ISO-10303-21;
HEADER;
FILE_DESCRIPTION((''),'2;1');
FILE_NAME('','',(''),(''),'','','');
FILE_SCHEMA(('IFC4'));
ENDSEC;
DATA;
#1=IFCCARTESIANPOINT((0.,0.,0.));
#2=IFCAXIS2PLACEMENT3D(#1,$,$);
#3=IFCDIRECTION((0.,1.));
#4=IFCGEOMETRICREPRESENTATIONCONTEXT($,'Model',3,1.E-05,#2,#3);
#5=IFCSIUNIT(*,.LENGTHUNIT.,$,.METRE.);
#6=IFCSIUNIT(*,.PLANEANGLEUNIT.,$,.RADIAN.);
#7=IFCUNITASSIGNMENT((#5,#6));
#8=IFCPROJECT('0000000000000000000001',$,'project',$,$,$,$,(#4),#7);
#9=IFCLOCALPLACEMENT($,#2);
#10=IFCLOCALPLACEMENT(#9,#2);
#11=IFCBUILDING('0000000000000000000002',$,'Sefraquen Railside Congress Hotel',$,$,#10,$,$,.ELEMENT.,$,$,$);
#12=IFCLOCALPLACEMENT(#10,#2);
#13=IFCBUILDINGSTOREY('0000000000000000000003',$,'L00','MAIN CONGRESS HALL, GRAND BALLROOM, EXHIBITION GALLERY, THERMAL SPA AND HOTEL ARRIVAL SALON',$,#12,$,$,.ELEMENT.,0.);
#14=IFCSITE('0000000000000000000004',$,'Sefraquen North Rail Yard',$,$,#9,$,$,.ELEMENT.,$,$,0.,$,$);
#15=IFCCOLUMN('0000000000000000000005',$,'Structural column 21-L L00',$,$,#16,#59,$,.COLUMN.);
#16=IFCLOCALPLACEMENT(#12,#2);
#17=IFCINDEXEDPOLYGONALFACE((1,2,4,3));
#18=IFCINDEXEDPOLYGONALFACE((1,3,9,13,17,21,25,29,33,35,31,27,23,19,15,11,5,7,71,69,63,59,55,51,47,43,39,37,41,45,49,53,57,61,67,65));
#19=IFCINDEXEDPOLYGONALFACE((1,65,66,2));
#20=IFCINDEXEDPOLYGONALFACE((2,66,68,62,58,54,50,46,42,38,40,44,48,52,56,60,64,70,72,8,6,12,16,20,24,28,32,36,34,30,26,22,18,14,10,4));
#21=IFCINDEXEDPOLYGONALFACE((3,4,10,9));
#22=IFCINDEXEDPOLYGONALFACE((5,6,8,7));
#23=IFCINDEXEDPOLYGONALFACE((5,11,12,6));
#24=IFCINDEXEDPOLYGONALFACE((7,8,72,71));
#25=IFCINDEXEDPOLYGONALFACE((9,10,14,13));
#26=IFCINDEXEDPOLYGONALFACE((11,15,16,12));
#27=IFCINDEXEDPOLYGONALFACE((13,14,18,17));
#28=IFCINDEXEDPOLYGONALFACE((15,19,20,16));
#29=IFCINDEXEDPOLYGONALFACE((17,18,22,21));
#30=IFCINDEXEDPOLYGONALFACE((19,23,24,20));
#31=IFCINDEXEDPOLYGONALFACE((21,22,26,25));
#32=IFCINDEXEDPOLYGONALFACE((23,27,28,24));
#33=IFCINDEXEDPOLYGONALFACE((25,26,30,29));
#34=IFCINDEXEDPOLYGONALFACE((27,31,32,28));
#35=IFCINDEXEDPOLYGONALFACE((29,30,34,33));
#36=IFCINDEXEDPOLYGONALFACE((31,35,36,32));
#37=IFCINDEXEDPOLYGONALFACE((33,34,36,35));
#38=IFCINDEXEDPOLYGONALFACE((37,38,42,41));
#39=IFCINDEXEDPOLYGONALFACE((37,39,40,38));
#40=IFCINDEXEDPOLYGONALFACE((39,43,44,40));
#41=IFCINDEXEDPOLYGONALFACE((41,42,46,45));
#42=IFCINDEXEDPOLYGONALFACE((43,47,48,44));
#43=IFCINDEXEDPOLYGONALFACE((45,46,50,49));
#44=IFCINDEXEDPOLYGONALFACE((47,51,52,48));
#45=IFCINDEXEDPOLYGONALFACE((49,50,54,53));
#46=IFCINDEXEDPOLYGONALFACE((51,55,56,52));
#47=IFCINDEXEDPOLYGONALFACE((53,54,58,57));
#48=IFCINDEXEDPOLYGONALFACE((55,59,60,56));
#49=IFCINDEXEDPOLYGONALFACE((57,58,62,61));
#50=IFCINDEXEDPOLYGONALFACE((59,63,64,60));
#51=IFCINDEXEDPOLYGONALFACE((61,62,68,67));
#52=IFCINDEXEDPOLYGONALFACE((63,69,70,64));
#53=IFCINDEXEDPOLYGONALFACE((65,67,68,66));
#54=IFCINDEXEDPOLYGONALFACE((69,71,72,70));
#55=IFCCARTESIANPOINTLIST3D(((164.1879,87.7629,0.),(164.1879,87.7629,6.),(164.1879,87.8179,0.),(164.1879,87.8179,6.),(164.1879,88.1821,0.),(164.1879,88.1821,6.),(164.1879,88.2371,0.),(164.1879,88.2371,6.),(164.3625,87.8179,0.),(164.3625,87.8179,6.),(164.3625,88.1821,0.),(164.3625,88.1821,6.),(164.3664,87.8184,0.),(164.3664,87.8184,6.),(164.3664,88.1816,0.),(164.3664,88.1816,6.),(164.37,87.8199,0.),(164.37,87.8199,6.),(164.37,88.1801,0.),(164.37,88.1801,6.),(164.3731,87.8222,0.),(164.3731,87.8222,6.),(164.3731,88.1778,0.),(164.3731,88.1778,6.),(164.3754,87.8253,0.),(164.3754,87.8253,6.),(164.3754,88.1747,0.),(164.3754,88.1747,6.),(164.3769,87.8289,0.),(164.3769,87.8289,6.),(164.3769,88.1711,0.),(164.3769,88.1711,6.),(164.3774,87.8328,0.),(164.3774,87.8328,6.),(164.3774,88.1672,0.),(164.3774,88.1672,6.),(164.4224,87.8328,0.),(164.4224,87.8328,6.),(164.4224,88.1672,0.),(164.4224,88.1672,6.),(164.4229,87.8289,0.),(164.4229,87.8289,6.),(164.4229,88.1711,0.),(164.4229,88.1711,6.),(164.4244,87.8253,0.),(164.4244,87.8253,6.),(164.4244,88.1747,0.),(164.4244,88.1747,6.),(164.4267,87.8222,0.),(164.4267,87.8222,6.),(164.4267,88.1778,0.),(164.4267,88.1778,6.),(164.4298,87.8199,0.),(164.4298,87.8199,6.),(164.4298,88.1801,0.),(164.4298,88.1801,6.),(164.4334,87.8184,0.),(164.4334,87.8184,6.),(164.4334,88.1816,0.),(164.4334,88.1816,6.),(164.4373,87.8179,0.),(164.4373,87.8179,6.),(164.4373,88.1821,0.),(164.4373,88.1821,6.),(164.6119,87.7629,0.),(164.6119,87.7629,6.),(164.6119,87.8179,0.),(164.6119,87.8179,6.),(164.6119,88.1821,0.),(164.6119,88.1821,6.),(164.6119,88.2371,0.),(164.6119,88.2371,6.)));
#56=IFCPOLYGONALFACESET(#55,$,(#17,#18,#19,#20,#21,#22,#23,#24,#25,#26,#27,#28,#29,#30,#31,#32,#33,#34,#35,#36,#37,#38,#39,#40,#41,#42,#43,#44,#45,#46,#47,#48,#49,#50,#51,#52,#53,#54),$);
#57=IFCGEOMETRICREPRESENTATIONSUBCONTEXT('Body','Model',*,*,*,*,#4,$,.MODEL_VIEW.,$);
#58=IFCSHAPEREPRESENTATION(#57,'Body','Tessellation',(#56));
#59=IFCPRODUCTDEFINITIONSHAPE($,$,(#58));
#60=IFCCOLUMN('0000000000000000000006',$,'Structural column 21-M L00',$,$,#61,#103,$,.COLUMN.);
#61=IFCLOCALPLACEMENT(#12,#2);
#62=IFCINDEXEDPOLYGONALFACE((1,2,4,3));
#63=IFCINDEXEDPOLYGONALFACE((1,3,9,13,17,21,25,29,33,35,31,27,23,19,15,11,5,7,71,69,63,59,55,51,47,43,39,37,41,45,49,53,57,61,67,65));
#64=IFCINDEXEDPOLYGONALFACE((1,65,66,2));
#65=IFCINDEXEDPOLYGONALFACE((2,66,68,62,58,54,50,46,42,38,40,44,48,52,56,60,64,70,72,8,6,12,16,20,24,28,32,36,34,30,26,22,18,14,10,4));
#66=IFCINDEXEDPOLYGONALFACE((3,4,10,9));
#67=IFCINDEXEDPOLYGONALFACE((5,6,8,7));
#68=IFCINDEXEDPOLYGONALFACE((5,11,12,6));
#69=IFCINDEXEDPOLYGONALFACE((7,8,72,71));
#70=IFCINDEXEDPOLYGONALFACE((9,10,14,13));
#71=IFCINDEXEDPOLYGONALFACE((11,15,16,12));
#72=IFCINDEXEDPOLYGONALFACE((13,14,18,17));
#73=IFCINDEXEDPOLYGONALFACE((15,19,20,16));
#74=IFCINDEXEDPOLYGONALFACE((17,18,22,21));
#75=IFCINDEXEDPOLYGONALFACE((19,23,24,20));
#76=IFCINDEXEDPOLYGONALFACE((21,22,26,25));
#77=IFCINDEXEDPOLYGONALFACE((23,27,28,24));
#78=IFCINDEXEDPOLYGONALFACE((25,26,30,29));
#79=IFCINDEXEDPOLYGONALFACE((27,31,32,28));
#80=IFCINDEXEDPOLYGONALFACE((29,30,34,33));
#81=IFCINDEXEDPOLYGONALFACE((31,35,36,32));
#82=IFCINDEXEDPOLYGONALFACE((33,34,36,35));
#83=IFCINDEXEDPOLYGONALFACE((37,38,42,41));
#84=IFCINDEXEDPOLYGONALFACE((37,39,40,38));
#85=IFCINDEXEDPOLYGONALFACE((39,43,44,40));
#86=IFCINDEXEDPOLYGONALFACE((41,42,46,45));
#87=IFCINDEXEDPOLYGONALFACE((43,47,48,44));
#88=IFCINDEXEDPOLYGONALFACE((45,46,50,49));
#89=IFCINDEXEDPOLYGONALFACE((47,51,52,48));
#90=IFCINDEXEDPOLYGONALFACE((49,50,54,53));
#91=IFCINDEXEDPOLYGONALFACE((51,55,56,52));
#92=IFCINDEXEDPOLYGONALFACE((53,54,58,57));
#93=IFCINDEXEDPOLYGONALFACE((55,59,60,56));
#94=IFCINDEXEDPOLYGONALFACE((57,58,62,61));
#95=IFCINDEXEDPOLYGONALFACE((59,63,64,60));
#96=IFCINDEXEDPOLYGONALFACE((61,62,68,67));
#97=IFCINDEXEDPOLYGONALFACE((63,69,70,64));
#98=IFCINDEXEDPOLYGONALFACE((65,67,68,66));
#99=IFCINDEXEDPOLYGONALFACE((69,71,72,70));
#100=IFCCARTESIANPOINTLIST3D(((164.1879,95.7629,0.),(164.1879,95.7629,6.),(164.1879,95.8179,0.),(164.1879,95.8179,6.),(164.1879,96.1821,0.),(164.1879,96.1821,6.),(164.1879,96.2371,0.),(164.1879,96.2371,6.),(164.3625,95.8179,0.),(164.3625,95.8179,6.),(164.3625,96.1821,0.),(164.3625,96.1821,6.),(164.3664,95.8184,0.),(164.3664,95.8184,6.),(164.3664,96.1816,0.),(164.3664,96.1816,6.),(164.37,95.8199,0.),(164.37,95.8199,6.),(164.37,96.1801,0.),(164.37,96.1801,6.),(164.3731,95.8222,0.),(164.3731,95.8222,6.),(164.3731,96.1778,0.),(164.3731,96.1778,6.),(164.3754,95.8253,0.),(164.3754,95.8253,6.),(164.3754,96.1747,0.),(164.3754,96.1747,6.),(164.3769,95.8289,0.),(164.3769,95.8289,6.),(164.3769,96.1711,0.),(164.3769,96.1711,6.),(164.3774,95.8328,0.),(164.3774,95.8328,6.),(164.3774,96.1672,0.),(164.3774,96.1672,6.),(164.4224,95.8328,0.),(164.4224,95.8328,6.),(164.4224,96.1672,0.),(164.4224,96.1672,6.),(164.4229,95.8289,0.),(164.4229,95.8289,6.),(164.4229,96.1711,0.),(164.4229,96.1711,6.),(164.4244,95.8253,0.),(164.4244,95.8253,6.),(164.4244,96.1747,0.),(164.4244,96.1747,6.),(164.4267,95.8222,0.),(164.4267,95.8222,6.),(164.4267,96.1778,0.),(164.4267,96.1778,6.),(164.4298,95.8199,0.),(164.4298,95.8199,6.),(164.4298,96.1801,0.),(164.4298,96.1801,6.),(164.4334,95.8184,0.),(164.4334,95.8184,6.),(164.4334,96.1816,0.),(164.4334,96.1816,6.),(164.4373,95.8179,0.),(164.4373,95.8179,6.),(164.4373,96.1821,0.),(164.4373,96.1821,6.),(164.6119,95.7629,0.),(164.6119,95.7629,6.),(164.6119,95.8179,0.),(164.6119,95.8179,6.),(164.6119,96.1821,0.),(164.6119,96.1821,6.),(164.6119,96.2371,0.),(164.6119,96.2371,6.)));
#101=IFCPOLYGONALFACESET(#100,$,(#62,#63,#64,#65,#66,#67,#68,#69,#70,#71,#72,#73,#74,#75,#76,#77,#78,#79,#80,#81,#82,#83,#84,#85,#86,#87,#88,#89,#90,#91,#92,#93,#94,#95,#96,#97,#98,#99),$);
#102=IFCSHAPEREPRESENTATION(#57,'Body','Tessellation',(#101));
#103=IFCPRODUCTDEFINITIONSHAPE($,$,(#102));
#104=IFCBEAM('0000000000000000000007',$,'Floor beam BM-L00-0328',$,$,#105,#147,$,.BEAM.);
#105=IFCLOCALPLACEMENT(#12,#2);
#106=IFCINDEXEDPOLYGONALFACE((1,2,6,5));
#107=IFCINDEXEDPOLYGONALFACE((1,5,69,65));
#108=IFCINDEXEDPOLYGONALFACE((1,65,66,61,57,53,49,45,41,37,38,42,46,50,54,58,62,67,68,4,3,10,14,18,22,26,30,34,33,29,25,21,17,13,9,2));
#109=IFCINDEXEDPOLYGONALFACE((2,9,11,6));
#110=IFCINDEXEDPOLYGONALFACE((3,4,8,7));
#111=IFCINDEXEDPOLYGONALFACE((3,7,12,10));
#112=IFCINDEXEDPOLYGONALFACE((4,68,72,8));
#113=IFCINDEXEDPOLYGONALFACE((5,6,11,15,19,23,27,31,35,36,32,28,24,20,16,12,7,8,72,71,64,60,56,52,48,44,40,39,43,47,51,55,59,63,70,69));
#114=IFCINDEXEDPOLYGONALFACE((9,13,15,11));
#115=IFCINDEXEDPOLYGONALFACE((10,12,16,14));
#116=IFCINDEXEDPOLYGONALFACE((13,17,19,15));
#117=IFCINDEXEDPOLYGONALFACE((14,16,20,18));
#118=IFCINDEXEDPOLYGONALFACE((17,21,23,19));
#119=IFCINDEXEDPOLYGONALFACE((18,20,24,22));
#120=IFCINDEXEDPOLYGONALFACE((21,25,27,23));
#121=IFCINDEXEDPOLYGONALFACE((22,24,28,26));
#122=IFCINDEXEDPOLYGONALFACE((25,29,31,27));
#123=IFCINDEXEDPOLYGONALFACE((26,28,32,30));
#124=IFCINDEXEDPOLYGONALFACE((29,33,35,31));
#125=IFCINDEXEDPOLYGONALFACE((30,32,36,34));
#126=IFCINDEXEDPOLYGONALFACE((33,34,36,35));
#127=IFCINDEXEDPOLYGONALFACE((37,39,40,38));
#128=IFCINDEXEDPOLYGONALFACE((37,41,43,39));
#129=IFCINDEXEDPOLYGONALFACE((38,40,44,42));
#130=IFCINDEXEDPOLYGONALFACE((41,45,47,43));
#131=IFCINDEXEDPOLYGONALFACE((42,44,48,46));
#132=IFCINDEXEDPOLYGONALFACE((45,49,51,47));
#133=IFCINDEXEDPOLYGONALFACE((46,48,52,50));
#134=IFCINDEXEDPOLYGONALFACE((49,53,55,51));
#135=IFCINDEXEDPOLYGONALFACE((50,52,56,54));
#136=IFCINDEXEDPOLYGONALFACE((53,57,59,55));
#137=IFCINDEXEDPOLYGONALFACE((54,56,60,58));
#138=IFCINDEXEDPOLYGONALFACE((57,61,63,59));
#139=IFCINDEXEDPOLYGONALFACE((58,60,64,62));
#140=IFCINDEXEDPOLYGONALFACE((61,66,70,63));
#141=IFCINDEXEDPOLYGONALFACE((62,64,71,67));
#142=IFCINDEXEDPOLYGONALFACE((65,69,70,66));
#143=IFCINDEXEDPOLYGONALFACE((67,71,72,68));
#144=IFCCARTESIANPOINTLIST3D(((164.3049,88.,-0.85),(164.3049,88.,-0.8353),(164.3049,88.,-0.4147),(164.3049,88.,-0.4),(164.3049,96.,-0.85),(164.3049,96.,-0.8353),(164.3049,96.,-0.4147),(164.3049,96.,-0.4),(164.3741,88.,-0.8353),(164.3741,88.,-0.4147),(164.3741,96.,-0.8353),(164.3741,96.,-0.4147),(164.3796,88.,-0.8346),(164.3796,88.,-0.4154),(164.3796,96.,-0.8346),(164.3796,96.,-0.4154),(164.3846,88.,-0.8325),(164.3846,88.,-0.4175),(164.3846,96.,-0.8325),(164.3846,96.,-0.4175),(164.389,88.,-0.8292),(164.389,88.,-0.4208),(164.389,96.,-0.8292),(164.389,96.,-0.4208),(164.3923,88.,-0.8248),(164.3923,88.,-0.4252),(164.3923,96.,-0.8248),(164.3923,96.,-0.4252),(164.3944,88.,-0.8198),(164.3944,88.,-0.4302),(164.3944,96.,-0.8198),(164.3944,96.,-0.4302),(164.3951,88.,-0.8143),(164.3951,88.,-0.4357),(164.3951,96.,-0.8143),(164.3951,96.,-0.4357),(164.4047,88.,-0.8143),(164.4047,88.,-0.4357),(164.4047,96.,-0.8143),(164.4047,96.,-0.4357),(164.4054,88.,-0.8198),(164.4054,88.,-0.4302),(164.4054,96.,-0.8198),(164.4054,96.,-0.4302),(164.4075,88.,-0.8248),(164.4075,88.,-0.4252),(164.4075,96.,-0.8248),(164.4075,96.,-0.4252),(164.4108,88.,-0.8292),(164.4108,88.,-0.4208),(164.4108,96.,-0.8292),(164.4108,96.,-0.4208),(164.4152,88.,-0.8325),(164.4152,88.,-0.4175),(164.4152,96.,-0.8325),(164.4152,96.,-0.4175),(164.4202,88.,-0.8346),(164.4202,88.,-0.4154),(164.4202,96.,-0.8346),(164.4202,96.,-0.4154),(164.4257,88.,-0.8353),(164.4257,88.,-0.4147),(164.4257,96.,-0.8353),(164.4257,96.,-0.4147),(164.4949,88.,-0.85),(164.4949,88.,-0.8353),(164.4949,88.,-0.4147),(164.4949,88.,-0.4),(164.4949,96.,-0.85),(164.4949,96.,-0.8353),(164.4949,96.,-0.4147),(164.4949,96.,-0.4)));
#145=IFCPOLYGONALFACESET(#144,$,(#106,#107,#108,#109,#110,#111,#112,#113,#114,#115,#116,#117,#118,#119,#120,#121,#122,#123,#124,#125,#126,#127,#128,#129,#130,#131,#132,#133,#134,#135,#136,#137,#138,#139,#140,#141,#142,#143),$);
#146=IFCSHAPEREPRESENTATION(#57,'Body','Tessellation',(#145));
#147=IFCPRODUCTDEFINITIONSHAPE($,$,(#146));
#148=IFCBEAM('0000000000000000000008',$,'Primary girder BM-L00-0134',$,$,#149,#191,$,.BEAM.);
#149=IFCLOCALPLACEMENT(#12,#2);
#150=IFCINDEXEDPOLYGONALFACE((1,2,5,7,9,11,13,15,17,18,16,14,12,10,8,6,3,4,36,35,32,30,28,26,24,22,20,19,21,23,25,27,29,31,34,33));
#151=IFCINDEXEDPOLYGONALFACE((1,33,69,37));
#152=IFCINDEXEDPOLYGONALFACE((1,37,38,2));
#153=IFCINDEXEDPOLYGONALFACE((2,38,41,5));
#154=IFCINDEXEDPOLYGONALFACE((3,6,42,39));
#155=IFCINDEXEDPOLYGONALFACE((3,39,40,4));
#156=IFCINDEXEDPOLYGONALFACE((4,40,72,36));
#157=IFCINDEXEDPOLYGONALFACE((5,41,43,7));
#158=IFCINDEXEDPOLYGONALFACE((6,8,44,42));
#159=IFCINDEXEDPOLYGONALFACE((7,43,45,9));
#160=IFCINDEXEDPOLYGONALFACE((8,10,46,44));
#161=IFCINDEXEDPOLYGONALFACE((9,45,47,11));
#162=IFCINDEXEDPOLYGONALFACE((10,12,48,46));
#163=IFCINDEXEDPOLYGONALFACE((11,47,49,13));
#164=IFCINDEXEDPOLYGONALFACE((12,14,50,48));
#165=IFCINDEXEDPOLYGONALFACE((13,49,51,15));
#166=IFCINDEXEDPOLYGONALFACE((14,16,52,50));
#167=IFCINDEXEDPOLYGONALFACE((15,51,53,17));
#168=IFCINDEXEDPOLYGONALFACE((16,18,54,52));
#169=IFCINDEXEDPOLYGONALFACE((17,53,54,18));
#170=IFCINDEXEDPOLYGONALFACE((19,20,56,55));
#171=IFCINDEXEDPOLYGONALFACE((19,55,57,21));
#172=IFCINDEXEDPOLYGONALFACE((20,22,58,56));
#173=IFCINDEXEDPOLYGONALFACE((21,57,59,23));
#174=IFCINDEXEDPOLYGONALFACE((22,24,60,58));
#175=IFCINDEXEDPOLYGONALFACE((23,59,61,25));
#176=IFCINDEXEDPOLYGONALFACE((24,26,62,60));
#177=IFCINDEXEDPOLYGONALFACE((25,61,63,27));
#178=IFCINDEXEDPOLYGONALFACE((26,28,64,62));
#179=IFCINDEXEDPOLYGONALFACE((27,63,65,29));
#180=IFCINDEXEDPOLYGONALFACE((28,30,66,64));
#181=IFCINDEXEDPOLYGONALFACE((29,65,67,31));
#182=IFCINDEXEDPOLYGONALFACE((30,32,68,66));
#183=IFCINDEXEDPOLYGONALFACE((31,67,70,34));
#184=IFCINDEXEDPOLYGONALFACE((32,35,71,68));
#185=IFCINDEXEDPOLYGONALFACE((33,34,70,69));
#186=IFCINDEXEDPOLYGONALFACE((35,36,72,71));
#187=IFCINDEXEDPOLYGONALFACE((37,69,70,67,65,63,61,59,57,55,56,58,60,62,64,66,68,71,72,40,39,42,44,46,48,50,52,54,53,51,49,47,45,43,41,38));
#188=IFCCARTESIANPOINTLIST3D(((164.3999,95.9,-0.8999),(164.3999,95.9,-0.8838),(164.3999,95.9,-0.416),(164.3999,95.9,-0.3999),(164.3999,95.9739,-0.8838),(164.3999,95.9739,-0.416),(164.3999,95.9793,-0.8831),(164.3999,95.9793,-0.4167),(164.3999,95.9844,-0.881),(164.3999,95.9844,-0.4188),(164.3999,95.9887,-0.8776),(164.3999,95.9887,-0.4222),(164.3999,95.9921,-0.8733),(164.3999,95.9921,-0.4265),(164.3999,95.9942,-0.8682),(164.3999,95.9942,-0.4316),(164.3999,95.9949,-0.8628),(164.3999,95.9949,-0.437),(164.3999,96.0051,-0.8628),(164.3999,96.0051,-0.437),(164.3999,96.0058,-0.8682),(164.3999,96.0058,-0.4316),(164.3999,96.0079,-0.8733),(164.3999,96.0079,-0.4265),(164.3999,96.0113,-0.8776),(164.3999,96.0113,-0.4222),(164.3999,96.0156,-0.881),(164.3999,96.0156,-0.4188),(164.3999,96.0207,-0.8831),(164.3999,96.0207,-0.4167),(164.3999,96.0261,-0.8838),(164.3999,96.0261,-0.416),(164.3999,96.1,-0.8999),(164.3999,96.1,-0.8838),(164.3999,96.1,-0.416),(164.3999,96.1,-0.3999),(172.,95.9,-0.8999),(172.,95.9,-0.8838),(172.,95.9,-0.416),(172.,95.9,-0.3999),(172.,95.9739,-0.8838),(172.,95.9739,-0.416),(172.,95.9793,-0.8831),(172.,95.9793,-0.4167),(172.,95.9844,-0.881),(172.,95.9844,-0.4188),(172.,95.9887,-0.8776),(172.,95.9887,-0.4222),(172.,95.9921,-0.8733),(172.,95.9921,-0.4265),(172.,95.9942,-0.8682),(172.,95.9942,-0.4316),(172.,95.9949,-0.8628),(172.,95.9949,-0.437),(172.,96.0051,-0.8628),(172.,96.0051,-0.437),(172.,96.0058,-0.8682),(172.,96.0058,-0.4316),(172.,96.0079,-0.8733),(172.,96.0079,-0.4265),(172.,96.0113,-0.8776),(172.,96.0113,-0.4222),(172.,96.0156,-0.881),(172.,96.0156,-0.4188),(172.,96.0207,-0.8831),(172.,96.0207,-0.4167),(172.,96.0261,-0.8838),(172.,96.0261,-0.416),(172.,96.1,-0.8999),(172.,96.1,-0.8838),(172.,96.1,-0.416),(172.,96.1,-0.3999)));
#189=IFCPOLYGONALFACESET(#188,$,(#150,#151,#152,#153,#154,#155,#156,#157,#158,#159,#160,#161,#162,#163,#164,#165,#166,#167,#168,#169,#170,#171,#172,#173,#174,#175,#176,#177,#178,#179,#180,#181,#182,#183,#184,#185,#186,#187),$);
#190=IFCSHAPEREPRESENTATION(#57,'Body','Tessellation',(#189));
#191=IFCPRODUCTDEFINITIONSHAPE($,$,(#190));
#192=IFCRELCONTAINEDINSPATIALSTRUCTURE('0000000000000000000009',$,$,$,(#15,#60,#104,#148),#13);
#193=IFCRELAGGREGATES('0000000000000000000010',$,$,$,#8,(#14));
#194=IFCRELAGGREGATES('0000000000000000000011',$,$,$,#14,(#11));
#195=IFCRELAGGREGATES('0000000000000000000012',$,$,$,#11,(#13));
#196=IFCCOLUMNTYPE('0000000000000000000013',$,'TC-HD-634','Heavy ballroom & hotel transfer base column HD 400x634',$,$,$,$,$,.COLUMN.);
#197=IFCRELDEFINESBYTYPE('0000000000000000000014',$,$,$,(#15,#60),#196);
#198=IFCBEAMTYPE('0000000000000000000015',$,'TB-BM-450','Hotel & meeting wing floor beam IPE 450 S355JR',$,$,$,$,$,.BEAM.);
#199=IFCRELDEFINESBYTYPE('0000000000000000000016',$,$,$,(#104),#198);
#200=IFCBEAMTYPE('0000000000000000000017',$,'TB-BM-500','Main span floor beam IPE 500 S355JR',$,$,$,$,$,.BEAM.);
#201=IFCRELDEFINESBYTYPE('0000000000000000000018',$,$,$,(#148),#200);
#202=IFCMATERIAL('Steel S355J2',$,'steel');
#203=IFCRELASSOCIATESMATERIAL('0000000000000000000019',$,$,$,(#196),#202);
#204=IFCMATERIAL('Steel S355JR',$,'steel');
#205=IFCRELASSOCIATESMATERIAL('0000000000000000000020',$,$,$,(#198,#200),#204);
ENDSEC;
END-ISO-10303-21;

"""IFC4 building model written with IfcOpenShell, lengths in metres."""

from ifc_helpers import new_model, si_unit, direction, frame, origin, origin_2d, place, context, subcontext, project, spatial, i_section, extrude, material, material_profile, profile_set, type_object, element, save


model = new_model("IFC4")

# Units and contexts
model_context = context("Model", 3, precision=1e-05, world=origin(), true_north=direction((0.0, 1.0)))
body_context = subcontext(model_context, "Body", "Model", "MODEL_VIEW")
ifc_project = project(units=[si_unit("LENGTHUNIT", "METRE"), si_unit("PLANEANGLEUNIT", "RADIAN")], contexts=[model_context])

# Site, building, storey
site_placement = place(None, origin())
site = spatial("IfcSite", under=ifc_project, at=site_placement, Name="Sefraquen North Rail Yard", CompositionType="ELEMENT", RefElevation=0.0)
building_placement = place(site_placement, origin())
building = spatial("IfcBuilding", under=site, at=building_placement, Name="Sefraquen Railside Congress Hotel", CompositionType="ELEMENT")
storey_placement = place(building_placement, origin())
storey = spatial("IfcBuildingStorey", under=building, at=storey_placement, Name="L00", Description="MAIN CONGRESS HALL, GRAND BALLROOM, EXHIBITION GALLERY, THERMAL SPA AND HOTEL ARRIVAL SALON", CompositionType="ELEMENT", Elevation=0.0)

# Columns
ifc_material_1 = material(Name="Steel S355J2", Category="steel")
ifc_material_profile_1 = material_profile(ifc_material_1, i_section(OverallWidth=0.4241, OverallDepth=0.4741, WebThickness=0.0449, FlangeThickness=0.0549, FilletRadius=0.0149, at=origin_2d()), Name="HD 400x634")
ifc_profile_set_1 = profile_set([ifc_material_profile_1], Name="Steel S355J2")
column_type = type_object("IfcColumnType", Name="TC-HD-634", Description="Heavy ballroom & hotel transfer base column HD 400x634", PredefinedType="COLUMN", material=ifc_profile_set_1)
for number, where, z_axis, x_axis, name in (
    (1, (164.3999, 88.0, 0.0), (0.0, 0.0, 1.0), (1.0, 0.0, 0.0), "Structural column 21-L L00"),
    (2, (164.3999, 96.0, 0.0), (0.0, 0.0, 1.0), (1.0, 0.0, 0.0), "Structural column 21-M L00"),
):
    element("IfcColumn", number, at=place(storey_placement, frame(where, z_axis=z_axis, x_axis=x_axis)), inside=storey, type_object=column_type, Name=name, PredefinedType="COLUMN", context=body_context, shape_type="SweptSolid", body=[
        extrude(i_section(OverallWidth=0.4241, OverallDepth=0.4741, WebThickness=0.0449, FlangeThickness=0.0549, FilletRadius=0.0149, at=origin_2d()), origin(), (0.0, 0.0, 1.0), 6.0),
    ])

# Beams
ifc_material_2 = material(Name="Steel S355JR", Category="steel")
ifc_material_profile_2 = material_profile(ifc_material_2, i_section(OverallWidth=0.1899, OverallDepth=0.45, WebThickness=0.0095, FlangeThickness=0.0146, FilletRadius=0.021, at=origin_2d()), Name="IPE 450")
ifc_profile_set_2 = profile_set([ifc_material_profile_2], Name="Steel S355JR")
beam_type_1 = type_object("IfcBeamType", Name="TB-BM-450", Description="Hotel & meeting wing floor beam IPE 450 S355JR", PredefinedType="BEAM", material=ifc_profile_set_2)
beam_1_placement = place(storey_placement, frame((164.3999, 88.0, -0.625), z_axis=(0.0, 1.0, 0.0), x_axis=(-1.0, 0.0, 0.0)))
element("IfcBeam", 3, at=beam_1_placement, inside=storey, type_object=beam_type_1, Name="Floor beam BM-L00-0328", PredefinedType="BEAM", context=body_context, shape_type="SweptSolid", body=[
    extrude(i_section(OverallWidth=0.1899, OverallDepth=0.45, WebThickness=0.0095, FlangeThickness=0.0146, FilletRadius=0.021, at=origin_2d()), origin(), (0.0, 0.0, 1.0), 8.0),
])
ifc_material_profile_3 = material_profile(ifc_material_2, i_section(OverallWidth=0.2, OverallDepth=0.5, WebThickness=0.0103, FlangeThickness=0.0161, FilletRadius=0.021, at=origin_2d()), Name="IPE 500")
ifc_profile_set_3 = profile_set([ifc_material_profile_3], Name="Steel S355JR")
beam_type_2 = type_object("IfcBeamType", Name="TB-BM-500", Description="Main span floor beam IPE 500 S355JR", PredefinedType="BEAM", material=ifc_profile_set_3)
beam_2_placement = place(storey_placement, frame((164.3999, 96.0, -0.6499), z_axis=(1.0, 0.0, 0.0), x_axis=(0.0, 1.0, 0.0)))
element("IfcBeam", 4, at=beam_2_placement, inside=storey, type_object=beam_type_2, Name="Primary girder BM-L00-0134", PredefinedType="BEAM", context=body_context, shape_type="SweptSolid", body=[
    extrude(i_section(OverallWidth=0.2, OverallDepth=0.5, WebThickness=0.0103, FlangeThickness=0.0161, FilletRadius=0.021, at=origin_2d()), origin(), (0.0, 0.0, 1.0), 7.6001),
])

save(model, "model.ifc")
